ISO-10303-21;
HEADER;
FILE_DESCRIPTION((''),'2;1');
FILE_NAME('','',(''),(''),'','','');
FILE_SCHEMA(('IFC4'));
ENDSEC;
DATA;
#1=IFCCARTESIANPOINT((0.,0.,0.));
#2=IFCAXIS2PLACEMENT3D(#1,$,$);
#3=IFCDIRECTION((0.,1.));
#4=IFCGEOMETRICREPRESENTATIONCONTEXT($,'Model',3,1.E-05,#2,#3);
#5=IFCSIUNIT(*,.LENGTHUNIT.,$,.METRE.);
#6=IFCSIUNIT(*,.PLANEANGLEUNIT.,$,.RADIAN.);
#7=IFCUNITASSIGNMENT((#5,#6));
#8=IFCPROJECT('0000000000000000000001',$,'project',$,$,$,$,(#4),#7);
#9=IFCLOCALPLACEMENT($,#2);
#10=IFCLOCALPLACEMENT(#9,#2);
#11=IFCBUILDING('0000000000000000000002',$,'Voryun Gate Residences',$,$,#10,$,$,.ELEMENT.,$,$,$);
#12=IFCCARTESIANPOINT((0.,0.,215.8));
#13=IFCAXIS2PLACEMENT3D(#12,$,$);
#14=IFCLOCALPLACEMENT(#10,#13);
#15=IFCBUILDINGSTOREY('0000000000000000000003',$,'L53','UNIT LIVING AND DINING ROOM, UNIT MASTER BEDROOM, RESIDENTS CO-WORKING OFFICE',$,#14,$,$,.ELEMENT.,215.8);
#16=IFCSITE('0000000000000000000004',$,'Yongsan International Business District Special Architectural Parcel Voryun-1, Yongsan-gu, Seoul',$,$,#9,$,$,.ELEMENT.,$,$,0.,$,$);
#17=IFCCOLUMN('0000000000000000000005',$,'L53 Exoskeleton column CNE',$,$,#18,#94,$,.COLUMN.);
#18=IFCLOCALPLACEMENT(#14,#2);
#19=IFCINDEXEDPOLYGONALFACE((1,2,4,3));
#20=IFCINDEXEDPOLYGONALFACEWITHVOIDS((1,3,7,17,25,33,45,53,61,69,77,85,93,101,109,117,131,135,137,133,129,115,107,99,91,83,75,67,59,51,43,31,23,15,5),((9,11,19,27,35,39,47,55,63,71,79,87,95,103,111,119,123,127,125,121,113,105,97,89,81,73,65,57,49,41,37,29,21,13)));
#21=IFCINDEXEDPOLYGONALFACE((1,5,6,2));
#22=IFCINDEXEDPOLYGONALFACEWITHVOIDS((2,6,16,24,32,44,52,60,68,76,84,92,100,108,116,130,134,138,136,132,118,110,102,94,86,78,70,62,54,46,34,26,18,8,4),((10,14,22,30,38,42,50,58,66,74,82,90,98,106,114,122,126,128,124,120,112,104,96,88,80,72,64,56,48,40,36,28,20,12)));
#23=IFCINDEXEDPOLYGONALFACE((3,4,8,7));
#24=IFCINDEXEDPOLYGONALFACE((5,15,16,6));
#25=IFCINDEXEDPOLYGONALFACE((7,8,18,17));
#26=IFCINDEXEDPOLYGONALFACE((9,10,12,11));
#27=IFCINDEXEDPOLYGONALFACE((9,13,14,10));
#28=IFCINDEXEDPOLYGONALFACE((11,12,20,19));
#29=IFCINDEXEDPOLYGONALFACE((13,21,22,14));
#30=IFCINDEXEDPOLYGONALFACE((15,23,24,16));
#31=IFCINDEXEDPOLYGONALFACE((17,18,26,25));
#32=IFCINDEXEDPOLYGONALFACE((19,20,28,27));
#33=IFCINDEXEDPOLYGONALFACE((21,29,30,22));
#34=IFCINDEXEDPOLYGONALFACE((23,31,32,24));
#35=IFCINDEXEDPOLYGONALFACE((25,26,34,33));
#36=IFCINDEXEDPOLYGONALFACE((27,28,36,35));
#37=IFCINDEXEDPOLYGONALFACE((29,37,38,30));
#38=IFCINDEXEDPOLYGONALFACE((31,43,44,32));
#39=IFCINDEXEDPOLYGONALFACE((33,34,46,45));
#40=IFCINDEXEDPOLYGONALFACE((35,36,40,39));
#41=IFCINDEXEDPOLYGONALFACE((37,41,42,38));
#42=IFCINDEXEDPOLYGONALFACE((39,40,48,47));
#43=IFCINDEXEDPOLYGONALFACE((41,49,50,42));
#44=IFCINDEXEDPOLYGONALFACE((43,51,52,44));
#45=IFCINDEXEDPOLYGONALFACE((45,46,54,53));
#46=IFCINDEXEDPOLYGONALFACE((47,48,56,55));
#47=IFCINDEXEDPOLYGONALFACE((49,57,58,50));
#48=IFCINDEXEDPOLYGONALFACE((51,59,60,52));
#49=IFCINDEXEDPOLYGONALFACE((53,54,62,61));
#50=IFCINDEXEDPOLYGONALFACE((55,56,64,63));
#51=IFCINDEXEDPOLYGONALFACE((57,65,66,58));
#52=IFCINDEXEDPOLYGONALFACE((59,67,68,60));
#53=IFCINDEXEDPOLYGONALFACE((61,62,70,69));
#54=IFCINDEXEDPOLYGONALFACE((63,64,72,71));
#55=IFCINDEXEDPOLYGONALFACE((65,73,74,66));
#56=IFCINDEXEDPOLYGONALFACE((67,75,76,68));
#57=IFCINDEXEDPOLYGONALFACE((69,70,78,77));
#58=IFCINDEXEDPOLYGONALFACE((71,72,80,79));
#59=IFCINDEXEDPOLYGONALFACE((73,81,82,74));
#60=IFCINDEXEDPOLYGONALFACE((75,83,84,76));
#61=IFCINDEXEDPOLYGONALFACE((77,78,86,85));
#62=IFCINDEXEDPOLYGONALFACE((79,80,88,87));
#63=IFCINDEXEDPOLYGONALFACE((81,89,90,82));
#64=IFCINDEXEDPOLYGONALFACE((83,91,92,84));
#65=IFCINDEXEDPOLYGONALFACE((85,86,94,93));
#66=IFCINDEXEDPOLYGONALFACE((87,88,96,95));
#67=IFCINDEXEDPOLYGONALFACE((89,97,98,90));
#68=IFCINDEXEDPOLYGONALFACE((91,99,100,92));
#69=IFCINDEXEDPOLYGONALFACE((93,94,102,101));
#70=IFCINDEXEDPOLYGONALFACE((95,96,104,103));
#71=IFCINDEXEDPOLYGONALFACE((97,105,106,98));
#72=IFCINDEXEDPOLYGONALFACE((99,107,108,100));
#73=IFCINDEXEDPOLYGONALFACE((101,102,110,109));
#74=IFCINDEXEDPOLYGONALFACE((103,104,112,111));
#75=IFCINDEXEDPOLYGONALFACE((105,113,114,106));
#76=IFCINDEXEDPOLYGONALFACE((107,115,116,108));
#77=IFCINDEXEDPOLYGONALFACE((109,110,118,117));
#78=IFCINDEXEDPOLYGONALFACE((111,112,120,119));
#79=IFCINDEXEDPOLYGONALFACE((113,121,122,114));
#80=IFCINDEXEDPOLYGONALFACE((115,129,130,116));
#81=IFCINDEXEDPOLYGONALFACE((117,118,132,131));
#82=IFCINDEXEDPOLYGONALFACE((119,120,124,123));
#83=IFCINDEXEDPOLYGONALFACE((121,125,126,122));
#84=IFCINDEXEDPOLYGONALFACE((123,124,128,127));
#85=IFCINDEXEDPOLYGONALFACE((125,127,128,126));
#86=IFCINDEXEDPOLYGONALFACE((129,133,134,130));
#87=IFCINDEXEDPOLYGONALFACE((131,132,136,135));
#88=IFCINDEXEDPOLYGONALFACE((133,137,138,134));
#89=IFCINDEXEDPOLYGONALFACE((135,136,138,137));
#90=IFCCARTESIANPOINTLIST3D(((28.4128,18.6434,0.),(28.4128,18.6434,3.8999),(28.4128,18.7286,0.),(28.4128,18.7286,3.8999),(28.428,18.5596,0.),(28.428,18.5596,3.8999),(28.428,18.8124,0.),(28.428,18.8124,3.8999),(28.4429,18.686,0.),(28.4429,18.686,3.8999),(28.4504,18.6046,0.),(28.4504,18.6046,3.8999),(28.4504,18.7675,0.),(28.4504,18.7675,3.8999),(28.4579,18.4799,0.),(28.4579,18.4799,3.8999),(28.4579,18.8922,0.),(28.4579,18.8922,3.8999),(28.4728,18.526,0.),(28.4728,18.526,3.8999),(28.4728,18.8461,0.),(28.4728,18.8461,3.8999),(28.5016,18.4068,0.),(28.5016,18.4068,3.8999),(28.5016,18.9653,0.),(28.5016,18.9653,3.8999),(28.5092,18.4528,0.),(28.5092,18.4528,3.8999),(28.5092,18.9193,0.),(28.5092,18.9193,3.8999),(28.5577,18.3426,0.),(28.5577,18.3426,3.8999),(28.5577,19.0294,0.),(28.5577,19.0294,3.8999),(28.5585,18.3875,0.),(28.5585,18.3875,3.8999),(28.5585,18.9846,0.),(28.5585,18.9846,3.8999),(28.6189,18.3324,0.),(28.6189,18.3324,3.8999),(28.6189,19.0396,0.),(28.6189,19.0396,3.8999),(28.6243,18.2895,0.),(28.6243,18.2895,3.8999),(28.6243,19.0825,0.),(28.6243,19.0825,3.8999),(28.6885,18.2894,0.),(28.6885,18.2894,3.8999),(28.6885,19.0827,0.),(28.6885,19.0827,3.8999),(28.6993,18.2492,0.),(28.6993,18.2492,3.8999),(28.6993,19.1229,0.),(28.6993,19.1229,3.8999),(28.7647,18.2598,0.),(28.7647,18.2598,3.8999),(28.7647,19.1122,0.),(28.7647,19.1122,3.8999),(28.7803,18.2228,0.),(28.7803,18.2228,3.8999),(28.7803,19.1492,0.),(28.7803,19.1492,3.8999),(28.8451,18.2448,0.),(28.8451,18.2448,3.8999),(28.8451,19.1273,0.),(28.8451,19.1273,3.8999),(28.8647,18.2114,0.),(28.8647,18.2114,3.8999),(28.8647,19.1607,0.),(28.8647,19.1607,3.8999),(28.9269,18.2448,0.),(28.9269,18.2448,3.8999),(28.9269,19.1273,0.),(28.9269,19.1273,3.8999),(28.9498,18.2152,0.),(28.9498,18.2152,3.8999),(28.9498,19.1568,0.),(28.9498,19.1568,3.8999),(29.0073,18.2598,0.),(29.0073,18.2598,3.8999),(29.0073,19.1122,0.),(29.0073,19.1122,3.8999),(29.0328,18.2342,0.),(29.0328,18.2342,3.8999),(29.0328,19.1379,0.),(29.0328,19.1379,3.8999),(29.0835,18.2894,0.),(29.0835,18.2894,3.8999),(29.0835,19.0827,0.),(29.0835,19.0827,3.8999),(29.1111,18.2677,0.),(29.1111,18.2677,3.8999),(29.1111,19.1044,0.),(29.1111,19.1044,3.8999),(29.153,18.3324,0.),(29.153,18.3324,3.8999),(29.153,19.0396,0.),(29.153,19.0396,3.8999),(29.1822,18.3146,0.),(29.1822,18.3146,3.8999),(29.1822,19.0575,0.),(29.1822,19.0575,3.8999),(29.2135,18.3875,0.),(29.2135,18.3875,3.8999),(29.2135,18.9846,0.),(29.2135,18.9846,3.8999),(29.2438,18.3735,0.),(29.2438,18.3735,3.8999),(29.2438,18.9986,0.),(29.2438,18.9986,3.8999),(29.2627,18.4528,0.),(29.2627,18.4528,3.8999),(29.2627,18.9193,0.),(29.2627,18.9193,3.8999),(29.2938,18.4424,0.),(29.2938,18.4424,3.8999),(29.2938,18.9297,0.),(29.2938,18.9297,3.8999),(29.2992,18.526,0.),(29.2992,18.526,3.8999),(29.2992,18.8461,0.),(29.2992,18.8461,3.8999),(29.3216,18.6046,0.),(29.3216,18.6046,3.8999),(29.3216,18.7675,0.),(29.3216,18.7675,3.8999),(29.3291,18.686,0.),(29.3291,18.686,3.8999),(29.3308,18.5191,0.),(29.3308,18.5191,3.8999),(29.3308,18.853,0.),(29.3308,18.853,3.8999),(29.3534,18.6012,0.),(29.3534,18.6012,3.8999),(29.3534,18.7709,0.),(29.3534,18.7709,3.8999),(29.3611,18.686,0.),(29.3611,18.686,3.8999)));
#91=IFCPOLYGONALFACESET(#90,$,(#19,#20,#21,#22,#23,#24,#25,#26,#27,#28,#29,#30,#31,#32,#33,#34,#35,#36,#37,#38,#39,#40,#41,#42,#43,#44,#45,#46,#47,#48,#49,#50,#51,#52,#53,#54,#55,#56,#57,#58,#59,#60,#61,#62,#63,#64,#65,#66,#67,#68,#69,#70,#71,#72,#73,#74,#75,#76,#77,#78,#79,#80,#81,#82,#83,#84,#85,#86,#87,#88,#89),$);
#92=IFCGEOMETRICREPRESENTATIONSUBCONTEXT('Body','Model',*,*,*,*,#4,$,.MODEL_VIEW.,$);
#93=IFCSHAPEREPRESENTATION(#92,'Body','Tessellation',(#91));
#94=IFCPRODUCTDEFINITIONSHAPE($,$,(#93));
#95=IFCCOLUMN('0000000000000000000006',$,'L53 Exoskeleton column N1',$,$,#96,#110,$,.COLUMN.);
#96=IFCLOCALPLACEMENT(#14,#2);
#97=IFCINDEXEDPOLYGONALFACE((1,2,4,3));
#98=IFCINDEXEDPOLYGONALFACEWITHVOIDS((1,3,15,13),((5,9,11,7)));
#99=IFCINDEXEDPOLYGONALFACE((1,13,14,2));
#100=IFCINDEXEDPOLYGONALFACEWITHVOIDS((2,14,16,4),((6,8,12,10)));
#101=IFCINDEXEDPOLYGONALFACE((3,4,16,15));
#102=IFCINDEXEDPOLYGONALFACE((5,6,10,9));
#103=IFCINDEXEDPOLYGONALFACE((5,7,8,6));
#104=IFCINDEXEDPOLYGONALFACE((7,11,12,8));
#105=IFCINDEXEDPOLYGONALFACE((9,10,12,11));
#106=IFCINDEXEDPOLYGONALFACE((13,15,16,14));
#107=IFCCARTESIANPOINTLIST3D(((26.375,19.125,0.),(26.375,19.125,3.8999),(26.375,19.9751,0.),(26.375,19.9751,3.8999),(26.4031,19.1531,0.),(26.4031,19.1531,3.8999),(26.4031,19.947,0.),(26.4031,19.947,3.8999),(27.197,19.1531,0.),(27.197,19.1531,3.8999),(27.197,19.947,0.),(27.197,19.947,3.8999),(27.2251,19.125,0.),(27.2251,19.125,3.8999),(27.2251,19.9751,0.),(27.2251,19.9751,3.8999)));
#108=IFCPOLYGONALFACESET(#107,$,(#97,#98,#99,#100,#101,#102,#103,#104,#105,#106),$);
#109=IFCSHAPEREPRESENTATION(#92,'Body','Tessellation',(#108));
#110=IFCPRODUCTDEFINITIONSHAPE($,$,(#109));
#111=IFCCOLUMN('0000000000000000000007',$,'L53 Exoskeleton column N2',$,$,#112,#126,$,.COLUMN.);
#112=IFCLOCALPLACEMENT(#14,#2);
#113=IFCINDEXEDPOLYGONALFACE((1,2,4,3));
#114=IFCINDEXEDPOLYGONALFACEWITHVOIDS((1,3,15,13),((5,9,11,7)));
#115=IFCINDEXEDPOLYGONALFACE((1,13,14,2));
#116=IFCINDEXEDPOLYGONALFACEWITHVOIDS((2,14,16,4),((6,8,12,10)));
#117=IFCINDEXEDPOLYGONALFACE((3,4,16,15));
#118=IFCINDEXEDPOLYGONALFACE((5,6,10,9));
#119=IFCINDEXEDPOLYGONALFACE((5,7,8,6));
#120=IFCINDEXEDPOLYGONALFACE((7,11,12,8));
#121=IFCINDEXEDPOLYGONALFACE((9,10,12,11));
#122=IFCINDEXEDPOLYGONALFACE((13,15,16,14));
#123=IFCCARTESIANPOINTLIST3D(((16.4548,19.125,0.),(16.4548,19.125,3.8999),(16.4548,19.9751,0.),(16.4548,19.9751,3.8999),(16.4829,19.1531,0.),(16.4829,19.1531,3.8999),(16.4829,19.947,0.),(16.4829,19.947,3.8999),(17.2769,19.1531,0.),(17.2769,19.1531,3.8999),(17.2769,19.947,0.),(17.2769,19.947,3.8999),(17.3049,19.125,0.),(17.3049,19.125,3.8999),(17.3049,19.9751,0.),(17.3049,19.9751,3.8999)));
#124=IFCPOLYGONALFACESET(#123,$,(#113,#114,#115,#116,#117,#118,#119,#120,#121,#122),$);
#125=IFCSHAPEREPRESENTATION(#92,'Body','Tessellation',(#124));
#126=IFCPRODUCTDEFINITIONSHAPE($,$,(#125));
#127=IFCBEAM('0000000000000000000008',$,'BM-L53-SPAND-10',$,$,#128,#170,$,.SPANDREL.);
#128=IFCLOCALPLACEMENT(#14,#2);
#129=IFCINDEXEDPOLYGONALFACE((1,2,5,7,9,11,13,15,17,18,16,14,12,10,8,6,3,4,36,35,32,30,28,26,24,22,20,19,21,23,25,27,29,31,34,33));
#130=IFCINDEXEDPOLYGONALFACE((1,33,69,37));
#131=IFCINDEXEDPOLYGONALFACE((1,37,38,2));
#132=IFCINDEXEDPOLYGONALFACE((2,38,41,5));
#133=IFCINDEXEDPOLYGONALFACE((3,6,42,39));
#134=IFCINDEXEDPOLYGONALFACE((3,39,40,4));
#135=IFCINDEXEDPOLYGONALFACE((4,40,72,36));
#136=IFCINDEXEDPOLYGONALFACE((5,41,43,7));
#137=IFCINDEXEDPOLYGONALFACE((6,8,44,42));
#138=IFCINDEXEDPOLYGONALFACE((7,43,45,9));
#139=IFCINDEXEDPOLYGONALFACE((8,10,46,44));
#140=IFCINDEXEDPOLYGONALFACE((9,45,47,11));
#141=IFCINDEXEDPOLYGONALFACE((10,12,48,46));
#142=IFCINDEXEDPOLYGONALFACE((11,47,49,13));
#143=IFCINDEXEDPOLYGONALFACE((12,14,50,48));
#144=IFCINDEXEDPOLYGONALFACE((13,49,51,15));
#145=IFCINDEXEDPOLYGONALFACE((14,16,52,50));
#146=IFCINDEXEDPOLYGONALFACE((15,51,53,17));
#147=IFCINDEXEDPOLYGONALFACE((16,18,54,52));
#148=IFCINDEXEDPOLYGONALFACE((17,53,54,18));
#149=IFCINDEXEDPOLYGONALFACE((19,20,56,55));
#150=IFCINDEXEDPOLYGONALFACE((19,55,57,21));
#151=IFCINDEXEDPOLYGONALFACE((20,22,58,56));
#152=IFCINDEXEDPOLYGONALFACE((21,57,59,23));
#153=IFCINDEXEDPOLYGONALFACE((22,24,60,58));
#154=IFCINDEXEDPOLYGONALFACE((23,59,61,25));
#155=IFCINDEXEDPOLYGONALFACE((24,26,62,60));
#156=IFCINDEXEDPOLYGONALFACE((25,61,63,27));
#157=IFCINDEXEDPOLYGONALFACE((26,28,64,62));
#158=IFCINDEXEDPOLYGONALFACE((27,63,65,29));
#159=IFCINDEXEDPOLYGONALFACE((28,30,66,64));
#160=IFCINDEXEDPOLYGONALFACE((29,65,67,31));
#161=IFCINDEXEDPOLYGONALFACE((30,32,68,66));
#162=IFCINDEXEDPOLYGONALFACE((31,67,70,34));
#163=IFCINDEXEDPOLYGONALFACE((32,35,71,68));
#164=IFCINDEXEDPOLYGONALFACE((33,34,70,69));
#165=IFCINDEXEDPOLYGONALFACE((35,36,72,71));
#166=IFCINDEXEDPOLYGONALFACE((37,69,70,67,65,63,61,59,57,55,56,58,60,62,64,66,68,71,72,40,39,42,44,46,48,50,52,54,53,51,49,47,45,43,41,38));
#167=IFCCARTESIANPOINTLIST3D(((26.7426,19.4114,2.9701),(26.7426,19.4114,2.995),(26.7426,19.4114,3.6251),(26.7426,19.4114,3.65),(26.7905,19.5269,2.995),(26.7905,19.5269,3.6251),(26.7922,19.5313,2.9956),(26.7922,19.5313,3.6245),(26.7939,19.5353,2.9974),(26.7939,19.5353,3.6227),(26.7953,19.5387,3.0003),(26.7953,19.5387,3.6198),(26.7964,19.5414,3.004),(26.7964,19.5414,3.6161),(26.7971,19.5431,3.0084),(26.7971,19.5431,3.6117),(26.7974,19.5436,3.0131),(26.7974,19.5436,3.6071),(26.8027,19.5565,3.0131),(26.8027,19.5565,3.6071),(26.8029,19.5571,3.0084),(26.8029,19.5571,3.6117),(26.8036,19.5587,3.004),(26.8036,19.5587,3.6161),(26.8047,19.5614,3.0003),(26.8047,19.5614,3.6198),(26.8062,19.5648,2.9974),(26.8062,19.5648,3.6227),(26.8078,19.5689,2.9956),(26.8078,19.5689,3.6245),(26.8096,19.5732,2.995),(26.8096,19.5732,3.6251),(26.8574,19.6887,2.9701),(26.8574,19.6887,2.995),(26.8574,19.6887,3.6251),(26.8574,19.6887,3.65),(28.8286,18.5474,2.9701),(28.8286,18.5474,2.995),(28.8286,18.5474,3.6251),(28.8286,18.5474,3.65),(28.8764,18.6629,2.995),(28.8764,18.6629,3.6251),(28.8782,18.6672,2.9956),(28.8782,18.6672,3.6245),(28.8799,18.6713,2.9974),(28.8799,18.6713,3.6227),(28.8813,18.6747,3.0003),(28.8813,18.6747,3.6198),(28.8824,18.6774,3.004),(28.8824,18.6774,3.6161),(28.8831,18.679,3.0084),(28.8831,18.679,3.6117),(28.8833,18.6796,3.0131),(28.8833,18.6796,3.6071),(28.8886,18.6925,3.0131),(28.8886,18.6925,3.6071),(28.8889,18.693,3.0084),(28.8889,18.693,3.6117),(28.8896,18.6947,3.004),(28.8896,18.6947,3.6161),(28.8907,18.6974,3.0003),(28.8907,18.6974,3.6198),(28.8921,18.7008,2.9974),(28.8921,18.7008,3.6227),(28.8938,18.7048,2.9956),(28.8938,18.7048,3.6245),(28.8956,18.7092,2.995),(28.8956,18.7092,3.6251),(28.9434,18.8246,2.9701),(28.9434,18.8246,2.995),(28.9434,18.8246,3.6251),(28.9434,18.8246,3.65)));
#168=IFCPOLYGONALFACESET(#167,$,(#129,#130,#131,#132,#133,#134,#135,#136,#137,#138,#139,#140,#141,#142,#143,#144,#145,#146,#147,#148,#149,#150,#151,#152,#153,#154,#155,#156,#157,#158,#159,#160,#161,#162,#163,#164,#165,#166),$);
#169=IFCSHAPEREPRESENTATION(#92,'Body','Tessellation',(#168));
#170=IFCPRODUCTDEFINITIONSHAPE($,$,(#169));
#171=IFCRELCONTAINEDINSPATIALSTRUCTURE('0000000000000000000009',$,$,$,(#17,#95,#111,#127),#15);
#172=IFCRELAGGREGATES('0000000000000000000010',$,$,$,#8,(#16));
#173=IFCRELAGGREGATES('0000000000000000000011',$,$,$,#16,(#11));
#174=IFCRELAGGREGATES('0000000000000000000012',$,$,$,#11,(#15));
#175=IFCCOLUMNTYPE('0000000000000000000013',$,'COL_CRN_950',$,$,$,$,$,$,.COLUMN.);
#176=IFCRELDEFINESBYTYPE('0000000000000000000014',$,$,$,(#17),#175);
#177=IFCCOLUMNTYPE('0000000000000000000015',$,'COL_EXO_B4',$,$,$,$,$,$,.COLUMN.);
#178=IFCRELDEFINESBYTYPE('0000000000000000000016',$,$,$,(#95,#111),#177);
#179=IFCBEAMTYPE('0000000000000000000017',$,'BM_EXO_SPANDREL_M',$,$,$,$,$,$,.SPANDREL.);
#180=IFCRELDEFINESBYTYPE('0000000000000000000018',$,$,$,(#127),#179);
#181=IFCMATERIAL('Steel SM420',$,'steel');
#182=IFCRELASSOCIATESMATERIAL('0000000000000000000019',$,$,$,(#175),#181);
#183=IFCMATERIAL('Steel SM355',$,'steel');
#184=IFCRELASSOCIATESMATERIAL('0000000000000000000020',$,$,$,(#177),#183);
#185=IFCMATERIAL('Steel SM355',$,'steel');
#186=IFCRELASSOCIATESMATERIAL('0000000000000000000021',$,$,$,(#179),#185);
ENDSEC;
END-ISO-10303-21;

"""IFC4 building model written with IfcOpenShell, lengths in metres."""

from ifc_helpers import new_model, si_unit, direction, frame, origin, origin_2d, place, context, subcontext, project, spatial, hollow_rectangle, hollow_circle, i_section, extrude, material, material_profile, profile_set, type_object, element, save


model = new_model("IFC4")

# Units and contexts
model_context = context("Model", 3, precision=1e-05, world=origin(), true_north=direction((0.0, 1.0)))
body_context = subcontext(model_context, "Body", "Model", "MODEL_VIEW")
ifc_project = project(units=[si_unit("LENGTHUNIT", "METRE"), si_unit("PLANEANGLEUNIT", "RADIAN")], contexts=[model_context])

# Site, building, storey
site_placement = place(None, origin())
site = spatial("IfcSite", under=ifc_project, at=site_placement, Name="Yongsan International Business District Special Architectural Parcel Voryun-1, Yongsan-gu, Seoul", CompositionType="ELEMENT", RefElevation=0.0)
building_placement = place(site_placement, origin())
building = spatial("IfcBuilding", under=site, at=building_placement, Name="Voryun Gate Residences", CompositionType="ELEMENT")
storey_placement = place(building_placement, frame((0.0, 0.0, 215.8)))
storey = spatial("IfcBuildingStorey", under=building, at=storey_placement, Name="L53", Description="UNIT LIVING AND DINING ROOM, UNIT MASTER BEDROOM, RESIDENTS CO-WORKING OFFICE", CompositionType="ELEMENT", Elevation=215.8)

# Columns
ifc_material_1 = material(Name="Steel SM420", Category="steel")
ifc_material_profile_1 = material_profile(ifc_material_1, hollow_circle(Radius=0.4751, WallThickness=0.032, at=origin_2d()), Name="CHS-950x32")
ifc_profile_set_1 = profile_set([ifc_material_profile_1], Name="Steel SM420")
column_type_1 = type_object("IfcColumnType", Name="COL_CRN_950", PredefinedType="COLUMN", material=ifc_profile_set_1)
column_placement = place(storey_placement, frame((28.886, 18.686, 0.0), z_axis=(0.0, 0.0, 1.0), x_axis=(1.0, 0.0, 0.0)))
element("IfcColumn", 1, at=column_placement, inside=storey, type_object=column_type_1, Name="L53 Exoskeleton column CNE", PredefinedType="COLUMN", context=body_context, shape_type="SweptSolid", body=[
    extrude(hollow_circle(Radius=0.4751, WallThickness=0.032, at=origin_2d()), origin(), (0.0, 0.0, 1.0), 3.8999),
])
ifc_material_2 = material(Name="Steel SM355", Category="steel")
ifc_material_profile_2 = material_profile(ifc_material_2, hollow_rectangle(XDim=0.8501, YDim=0.8501, WallThickness=0.0281, at=origin_2d()), Name="BOX-850x850x28")
ifc_profile_set_2 = profile_set([ifc_material_profile_2], Name="Steel SM355")
column_type_2 = type_object("IfcColumnType", Name="COL_EXO_B4", PredefinedType="COLUMN", material=ifc_profile_set_2)
for number, where, z_axis, x_axis, name in (
    (2, (26.8, 19.55, 0.0), (0.0, 0.0, 1.0), (1.0, 0.0, 0.0), "L53 Exoskeleton column N1"),
    (3, (16.8799, 19.55, 0.0), (0.0, 0.0, 1.0), (1.0, 0.0, 0.0), "L53 Exoskeleton column N2"),
):
    element("IfcColumn", number, at=place(storey_placement, frame(where, z_axis=z_axis, x_axis=x_axis)), inside=storey, type_object=column_type_2, Name=name, PredefinedType="COLUMN", context=body_context, shape_type="SweptSolid", body=[
        extrude(hollow_rectangle(XDim=0.8501, YDim=0.8501, WallThickness=0.0281, at=origin_2d()), origin(), (0.0, 0.0, 1.0), 3.8999),
    ])

# Beam
ifc_material_3 = material(Name="Steel SM355", Category="steel")
ifc_material_profile_3 = material_profile(ifc_material_3, i_section(OverallWidth=0.3, OverallDepth=0.6799, WebThickness=0.0139, FlangeThickness=0.0249, FilletRadius=0.0181, at=origin_2d()), Name="H-680x300x14x25")
ifc_profile_set_3 = profile_set([ifc_material_profile_3], Name="Steel SM355")
beam_type = type_object("IfcBeamType", Name="BM_EXO_SPANDREL_M", PredefinedType="SPANDREL", material=ifc_profile_set_3)
beam_1_placement = place(storey_placement, frame((28.886, 18.686, 3.3101), z_axis=(-0.923881, 0.38268, 0.0), x_axis=(-0.38268, -0.923881, 0.0)))
element("IfcBeam", 4, at=beam_1_placement, inside=storey, type_object=beam_type, Name="BM-L53-SPAND-10", PredefinedType="SPANDREL", context=body_context, shape_type="SweptSolid", body=[
    extrude(i_section(OverallWidth=0.3, OverallDepth=0.6799, WebThickness=0.0139, FlangeThickness=0.0249, FilletRadius=0.0181, at=origin_2d()), origin(), (0.0, 0.0, 1.0), 2.2578),
])

save(model, "model.ifc")
